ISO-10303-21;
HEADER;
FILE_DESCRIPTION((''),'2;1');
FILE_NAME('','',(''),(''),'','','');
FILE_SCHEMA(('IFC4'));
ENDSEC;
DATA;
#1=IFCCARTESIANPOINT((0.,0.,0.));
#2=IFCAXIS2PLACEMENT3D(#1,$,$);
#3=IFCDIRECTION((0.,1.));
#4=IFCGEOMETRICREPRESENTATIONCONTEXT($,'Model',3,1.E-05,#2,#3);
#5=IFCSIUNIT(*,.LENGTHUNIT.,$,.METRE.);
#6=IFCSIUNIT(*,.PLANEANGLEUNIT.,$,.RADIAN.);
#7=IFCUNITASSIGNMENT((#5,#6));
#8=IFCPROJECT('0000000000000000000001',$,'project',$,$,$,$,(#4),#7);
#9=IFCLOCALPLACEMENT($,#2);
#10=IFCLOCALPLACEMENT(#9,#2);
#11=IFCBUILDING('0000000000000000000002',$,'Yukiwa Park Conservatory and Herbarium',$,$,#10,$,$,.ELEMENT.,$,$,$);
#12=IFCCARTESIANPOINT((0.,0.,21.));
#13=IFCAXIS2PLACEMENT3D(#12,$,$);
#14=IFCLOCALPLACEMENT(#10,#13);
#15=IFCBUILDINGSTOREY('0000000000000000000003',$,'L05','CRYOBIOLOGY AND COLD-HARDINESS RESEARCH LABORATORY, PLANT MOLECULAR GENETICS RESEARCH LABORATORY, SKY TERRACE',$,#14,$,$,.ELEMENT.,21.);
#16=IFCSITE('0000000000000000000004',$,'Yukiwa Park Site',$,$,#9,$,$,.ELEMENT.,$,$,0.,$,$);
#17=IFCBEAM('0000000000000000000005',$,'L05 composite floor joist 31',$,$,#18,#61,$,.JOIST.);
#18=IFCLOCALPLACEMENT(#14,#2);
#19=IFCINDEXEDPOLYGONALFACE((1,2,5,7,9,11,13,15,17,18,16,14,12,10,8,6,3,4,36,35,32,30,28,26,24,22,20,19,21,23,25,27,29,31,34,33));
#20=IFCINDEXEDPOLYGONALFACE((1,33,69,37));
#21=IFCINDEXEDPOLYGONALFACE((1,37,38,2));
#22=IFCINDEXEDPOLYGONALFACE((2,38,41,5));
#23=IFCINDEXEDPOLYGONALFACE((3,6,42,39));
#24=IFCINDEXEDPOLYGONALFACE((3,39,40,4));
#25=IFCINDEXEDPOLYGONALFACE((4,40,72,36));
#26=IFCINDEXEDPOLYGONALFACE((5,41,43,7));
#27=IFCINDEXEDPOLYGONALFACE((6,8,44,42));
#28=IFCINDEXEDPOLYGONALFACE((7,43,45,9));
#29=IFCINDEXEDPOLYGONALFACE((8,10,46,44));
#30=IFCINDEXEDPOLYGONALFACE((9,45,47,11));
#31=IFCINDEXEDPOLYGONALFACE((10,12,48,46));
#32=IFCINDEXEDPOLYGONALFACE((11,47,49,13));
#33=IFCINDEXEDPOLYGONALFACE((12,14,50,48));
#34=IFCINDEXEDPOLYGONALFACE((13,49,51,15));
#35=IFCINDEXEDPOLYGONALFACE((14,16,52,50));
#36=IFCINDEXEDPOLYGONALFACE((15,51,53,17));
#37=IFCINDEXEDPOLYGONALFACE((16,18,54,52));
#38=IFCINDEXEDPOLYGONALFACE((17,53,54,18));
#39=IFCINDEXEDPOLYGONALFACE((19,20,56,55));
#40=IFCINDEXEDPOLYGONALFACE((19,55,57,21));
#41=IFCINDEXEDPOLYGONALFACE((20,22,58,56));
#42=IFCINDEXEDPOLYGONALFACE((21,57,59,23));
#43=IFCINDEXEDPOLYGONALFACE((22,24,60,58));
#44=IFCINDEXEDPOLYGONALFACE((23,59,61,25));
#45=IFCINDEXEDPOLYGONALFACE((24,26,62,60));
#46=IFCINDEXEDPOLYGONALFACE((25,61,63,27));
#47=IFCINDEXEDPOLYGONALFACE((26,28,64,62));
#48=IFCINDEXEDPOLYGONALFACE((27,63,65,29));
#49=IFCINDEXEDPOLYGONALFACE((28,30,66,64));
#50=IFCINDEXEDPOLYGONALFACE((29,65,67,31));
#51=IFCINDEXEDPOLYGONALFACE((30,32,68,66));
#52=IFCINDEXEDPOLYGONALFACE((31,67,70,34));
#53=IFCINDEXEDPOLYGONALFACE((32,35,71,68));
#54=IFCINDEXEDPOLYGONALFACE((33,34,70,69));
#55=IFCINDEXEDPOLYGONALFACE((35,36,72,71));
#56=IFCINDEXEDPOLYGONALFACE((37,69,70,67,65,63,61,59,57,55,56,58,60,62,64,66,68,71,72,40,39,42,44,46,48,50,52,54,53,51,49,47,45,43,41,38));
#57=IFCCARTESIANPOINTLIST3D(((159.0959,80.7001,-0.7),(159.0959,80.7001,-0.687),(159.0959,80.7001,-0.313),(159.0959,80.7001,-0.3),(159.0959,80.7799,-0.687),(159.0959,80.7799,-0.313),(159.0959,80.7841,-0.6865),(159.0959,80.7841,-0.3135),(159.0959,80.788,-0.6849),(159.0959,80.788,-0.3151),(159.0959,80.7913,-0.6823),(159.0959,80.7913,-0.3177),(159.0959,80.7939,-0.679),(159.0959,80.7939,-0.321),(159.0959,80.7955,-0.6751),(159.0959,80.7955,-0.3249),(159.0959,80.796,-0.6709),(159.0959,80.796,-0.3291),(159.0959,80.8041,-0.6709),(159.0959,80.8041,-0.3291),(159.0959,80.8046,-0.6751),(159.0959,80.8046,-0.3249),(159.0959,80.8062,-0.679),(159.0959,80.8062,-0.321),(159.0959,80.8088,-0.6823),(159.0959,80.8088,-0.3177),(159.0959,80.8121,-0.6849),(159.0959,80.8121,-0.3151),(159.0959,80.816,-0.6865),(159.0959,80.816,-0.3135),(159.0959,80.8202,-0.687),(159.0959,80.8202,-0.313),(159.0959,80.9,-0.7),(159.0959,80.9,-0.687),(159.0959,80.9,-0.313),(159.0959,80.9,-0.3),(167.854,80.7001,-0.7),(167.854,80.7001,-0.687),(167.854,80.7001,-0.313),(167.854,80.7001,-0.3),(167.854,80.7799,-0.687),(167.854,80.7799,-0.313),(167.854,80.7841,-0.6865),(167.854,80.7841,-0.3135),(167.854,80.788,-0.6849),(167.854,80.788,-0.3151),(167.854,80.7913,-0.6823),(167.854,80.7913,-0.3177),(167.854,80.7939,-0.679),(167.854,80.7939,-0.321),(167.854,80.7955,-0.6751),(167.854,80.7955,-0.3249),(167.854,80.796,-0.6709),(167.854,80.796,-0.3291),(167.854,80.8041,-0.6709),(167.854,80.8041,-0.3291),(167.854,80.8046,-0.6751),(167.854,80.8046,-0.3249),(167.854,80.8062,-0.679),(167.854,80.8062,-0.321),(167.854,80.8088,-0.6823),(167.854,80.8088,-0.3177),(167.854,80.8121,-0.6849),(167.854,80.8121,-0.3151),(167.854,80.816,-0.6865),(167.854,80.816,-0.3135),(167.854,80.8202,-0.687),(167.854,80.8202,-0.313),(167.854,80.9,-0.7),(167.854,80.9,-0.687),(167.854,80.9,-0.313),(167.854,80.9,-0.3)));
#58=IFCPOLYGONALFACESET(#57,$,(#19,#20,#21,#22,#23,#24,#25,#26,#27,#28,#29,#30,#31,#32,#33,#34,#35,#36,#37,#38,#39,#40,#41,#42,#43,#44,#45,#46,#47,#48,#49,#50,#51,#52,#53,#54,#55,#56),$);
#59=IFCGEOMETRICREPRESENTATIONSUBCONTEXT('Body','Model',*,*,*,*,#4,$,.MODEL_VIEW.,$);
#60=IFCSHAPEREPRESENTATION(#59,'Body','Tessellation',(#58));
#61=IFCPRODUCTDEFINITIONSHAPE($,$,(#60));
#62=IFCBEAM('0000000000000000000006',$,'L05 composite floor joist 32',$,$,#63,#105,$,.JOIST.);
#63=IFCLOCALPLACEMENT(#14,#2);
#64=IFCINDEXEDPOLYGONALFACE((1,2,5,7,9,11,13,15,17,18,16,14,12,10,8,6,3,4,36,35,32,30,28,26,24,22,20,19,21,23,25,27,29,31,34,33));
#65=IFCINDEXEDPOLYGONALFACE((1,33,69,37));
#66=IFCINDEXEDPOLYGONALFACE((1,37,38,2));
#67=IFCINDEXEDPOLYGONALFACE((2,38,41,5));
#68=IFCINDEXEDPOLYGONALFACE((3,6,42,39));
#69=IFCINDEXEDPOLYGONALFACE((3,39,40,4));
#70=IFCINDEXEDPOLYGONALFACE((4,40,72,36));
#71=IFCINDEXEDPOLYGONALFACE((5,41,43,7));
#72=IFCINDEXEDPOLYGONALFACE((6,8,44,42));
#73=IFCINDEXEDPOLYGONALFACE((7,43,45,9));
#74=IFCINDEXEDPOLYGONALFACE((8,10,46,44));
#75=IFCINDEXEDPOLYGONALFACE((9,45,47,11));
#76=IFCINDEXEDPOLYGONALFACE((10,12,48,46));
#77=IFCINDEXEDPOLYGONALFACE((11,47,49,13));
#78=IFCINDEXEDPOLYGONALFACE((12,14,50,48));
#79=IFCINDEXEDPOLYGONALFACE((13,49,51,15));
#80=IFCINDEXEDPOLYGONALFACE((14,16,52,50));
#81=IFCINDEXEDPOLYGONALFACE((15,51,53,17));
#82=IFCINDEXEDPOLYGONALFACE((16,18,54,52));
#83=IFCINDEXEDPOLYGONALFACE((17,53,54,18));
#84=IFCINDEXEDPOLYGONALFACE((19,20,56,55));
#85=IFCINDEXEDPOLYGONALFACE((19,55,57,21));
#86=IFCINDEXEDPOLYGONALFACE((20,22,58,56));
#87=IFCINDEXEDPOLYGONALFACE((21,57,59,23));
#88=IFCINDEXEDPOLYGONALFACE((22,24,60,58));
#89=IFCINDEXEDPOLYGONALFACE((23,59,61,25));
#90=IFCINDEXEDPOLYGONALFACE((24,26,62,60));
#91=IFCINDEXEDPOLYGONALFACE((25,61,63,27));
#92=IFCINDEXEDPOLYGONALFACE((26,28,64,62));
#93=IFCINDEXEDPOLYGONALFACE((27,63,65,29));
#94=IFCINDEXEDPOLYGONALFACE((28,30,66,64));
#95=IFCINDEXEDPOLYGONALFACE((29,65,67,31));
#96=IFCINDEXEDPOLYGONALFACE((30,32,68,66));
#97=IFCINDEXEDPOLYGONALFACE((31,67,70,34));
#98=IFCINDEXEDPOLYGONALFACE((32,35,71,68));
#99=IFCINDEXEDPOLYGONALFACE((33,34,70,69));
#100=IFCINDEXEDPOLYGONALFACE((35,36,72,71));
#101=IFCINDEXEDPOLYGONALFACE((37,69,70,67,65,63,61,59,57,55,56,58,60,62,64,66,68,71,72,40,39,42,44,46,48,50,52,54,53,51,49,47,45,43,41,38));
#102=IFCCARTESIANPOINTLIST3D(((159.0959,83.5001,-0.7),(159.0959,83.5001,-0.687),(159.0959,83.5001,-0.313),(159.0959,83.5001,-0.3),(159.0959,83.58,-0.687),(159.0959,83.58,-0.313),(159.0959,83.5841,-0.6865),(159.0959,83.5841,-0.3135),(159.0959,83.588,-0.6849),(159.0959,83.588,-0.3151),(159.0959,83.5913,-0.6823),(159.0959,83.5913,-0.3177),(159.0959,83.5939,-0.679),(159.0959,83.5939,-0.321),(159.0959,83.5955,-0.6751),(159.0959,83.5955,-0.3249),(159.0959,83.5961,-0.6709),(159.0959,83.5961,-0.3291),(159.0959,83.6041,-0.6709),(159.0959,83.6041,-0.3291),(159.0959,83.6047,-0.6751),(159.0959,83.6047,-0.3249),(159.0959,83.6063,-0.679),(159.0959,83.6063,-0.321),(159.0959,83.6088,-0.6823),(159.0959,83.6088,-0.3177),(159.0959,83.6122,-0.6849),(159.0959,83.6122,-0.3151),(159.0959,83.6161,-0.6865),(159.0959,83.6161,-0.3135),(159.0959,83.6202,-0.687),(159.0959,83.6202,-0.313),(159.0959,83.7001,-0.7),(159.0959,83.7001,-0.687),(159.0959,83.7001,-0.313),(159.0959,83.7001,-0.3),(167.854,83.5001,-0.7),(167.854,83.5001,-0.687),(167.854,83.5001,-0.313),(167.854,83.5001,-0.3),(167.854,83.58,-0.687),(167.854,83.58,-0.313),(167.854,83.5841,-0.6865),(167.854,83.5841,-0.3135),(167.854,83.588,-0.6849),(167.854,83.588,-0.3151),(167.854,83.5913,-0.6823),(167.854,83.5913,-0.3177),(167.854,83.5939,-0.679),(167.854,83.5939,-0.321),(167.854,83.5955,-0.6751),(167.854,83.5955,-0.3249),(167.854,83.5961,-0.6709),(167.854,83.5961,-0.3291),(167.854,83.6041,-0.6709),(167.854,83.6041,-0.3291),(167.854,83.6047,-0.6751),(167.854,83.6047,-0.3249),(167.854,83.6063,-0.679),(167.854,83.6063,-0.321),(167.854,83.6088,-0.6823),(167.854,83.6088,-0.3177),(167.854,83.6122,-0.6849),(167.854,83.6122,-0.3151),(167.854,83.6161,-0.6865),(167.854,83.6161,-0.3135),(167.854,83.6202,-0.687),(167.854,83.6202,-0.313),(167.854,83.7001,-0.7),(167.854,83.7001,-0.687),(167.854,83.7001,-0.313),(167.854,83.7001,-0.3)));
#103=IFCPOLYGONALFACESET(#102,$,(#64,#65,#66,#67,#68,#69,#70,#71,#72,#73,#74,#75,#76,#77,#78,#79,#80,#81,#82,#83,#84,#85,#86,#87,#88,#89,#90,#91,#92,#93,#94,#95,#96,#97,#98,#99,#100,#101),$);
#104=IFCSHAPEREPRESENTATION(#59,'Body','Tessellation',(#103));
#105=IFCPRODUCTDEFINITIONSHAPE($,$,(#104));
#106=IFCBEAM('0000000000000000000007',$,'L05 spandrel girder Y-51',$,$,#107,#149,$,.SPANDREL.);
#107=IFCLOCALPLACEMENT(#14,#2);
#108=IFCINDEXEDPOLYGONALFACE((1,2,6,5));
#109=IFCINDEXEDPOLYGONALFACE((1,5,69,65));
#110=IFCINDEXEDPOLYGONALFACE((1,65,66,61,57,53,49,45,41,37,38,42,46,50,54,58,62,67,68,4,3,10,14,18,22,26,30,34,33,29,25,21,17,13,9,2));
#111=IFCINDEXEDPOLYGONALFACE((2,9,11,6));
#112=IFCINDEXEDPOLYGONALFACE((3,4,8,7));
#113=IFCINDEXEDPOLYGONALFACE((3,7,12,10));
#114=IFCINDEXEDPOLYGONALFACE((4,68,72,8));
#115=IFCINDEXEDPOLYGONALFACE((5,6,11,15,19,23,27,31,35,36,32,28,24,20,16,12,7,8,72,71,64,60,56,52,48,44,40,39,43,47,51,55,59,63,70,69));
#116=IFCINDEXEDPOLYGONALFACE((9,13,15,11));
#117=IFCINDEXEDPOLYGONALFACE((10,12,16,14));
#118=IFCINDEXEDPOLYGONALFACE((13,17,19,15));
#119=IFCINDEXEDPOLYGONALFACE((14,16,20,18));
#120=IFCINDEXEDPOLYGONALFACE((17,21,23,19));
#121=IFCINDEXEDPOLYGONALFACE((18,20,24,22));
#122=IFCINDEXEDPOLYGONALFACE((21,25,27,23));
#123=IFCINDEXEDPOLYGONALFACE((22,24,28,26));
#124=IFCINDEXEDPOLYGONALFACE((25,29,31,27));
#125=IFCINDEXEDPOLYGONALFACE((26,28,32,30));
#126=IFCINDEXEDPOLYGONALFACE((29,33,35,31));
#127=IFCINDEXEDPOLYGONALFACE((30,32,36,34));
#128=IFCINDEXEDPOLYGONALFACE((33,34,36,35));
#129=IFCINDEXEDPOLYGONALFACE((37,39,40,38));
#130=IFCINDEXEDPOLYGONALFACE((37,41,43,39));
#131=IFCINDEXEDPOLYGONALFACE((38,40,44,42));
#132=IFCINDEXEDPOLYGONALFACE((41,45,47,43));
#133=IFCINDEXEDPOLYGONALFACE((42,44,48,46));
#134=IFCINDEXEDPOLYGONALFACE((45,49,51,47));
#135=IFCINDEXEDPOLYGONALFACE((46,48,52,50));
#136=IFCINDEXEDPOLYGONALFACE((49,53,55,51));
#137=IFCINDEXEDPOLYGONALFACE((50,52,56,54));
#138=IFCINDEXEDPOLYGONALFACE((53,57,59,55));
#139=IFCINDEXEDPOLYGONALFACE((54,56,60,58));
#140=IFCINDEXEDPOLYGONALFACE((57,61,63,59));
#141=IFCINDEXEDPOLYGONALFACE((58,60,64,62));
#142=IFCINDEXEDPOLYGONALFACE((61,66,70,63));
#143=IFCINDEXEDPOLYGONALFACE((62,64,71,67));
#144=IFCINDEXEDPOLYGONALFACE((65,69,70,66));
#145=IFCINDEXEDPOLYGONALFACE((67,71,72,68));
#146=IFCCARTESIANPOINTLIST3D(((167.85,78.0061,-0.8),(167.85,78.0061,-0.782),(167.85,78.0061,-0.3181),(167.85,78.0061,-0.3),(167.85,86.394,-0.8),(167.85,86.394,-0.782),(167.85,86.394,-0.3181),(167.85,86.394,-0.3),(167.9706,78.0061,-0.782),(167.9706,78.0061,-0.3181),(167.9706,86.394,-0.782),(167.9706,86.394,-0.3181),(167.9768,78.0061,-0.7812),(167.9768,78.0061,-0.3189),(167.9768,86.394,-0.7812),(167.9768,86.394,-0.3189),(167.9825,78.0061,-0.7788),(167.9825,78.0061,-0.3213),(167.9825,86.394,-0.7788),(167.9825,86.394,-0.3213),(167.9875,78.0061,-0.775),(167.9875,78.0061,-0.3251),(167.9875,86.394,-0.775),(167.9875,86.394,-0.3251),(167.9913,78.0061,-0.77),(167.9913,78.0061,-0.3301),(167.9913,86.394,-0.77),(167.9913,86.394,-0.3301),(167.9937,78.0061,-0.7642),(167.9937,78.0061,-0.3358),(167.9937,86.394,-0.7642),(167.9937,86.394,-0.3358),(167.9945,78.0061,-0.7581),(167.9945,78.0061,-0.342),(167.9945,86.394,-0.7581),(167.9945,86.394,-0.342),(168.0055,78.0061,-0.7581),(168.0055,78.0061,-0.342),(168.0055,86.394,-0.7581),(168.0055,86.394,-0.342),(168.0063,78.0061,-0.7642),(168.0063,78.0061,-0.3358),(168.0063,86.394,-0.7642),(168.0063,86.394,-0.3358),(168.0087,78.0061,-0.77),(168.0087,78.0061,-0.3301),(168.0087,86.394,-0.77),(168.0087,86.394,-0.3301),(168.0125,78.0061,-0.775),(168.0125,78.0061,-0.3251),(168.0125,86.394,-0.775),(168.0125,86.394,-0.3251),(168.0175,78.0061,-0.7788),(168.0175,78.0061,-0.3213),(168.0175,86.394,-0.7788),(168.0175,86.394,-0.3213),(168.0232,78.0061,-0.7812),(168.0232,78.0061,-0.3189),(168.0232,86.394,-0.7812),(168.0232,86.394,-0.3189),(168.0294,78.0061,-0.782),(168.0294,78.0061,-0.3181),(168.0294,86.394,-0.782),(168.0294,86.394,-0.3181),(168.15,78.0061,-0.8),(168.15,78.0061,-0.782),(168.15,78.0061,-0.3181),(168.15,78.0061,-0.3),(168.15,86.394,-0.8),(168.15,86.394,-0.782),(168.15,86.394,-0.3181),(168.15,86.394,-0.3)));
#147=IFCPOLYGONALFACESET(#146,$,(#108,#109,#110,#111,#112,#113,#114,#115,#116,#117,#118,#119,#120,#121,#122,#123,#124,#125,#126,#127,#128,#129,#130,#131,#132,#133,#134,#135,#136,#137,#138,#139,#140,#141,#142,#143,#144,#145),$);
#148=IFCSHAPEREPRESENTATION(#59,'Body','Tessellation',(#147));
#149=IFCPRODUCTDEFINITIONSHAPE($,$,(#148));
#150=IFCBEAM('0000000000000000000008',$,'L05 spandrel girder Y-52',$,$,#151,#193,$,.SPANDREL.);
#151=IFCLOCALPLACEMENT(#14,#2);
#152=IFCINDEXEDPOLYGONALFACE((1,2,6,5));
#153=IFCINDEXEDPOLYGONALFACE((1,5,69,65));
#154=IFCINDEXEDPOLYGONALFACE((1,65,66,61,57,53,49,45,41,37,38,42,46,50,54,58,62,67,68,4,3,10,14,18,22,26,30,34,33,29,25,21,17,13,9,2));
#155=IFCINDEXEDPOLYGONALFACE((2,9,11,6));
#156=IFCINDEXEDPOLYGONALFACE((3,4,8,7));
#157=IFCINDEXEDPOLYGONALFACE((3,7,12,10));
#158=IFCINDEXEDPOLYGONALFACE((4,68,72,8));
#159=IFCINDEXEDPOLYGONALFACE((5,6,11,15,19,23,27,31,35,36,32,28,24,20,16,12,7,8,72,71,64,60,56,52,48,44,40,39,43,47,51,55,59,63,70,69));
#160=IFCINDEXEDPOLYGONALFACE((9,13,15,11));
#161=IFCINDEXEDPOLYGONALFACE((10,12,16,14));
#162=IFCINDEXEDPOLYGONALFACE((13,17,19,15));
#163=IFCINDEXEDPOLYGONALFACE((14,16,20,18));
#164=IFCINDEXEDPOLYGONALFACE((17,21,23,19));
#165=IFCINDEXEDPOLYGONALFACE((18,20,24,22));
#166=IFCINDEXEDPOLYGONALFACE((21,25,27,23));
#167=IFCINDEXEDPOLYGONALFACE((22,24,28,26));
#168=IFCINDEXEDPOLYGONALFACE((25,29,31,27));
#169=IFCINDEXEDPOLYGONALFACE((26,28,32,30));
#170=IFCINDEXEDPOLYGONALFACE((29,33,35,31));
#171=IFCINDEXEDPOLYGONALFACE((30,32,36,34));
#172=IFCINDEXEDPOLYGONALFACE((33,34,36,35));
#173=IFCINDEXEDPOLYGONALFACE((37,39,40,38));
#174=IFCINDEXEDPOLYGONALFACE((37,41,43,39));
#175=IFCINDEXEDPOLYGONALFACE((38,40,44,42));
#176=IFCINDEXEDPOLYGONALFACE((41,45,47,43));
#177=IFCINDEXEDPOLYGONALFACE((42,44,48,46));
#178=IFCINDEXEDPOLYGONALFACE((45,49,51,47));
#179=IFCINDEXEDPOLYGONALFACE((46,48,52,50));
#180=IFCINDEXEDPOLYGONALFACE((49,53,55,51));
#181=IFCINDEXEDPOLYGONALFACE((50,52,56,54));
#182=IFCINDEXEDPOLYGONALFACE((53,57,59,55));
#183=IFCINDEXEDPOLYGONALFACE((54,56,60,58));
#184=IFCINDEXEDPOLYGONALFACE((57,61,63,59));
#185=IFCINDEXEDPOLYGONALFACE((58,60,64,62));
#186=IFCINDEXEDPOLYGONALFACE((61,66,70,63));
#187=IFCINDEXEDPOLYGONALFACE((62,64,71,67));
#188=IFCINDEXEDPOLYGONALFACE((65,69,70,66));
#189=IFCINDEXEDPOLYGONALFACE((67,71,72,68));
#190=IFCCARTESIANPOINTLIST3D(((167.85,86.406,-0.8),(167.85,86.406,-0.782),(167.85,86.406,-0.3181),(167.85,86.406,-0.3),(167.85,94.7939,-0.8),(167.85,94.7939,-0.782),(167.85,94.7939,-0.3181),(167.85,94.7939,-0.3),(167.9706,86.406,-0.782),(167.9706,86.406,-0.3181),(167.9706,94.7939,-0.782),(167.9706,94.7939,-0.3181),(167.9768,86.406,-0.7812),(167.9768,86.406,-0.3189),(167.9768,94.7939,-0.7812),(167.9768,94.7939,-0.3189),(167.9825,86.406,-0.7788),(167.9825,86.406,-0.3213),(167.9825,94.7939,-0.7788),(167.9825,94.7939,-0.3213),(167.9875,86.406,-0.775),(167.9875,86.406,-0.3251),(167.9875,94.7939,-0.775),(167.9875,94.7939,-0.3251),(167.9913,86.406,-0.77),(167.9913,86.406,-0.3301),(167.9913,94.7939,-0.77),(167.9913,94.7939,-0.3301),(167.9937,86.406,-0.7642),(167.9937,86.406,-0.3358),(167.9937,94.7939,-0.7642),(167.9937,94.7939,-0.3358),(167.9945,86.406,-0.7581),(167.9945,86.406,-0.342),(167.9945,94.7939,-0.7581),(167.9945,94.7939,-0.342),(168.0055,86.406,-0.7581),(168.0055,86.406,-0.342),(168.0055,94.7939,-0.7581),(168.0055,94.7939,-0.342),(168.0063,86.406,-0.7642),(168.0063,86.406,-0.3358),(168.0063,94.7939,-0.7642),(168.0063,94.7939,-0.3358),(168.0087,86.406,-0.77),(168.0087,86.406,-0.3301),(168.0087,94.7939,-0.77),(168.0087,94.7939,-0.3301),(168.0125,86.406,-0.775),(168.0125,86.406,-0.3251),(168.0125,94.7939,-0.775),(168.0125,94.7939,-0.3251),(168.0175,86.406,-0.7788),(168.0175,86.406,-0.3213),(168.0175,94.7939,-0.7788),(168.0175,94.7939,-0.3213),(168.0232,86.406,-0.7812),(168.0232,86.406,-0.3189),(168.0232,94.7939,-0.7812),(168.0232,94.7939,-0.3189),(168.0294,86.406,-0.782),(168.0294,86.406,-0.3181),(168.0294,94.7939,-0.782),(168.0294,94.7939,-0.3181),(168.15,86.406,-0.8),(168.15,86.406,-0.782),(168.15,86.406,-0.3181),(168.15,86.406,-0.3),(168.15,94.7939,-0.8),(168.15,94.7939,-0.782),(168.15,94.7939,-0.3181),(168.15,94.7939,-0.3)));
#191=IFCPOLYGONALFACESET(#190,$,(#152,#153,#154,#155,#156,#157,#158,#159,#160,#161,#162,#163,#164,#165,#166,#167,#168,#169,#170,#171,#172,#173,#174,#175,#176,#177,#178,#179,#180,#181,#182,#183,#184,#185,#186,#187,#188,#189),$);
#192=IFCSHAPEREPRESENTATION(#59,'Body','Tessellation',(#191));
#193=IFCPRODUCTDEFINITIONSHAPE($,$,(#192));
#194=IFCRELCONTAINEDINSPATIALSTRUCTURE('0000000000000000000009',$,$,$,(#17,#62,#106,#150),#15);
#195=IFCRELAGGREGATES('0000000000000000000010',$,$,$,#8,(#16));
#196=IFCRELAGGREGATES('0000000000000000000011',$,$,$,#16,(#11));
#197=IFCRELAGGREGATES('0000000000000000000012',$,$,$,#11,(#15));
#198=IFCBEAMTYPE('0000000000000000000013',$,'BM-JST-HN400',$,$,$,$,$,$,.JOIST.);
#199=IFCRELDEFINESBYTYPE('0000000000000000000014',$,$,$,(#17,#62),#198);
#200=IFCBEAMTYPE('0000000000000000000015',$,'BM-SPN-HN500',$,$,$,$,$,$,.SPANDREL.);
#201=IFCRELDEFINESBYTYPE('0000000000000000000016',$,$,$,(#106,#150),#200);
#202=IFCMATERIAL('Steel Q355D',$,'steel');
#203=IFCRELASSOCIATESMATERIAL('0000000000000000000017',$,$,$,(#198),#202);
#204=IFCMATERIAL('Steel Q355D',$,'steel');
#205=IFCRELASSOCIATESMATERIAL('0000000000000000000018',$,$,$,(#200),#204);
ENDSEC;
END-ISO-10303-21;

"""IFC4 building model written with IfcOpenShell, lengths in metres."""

from ifc_helpers import new_model, si_unit, direction, frame, origin, origin_2d, place, context, subcontext, project, spatial, i_section, extrude, material, material_profile, profile_set, type_object, element, save


model = new_model("IFC4")

# Units and contexts
model_context = context("Model", 3, precision=1e-05, world=origin(), true_north=direction((0.0, 1.0)))
body_context = subcontext(model_context, "Body", "Model", "MODEL_VIEW")
ifc_project = project(units=[si_unit("LENGTHUNIT", "METRE"), si_unit("PLANEANGLEUNIT", "RADIAN")], contexts=[model_context])

# Site, building, storey
site_placement = place(None, origin())
site = spatial("IfcSite", under=ifc_project, at=site_placement, Name="Yukiwa Park Site", CompositionType="ELEMENT", RefElevation=0.0)
building_placement = place(site_placement, origin())
building = spatial("IfcBuilding", under=site, at=building_placement, Name="Yukiwa Park Conservatory and Herbarium", CompositionType="ELEMENT")
storey_placement = place(building_placement, frame((0.0, 0.0, 21.0)))
storey = spatial("IfcBuildingStorey", under=building, at=storey_placement, Name="L05", Description="CRYOBIOLOGY AND COLD-HARDINESS RESEARCH LABORATORY, PLANT MOLECULAR GENETICS RESEARCH LABORATORY, SKY TERRACE", CompositionType="ELEMENT", Elevation=21.0)

# Beams
ifc_material_1 = material(Name="Steel Q355D", Category="steel")
ifc_material_profile_1 = material_profile(ifc_material_1, i_section(OverallWidth=0.2, OverallDepth=0.3999, WebThickness=0.0081, FlangeThickness=0.0129, FilletRadius=0.0161, at=origin_2d()), Name="HN 400x200x8x13")
ifc_profile_set_1 = profile_set([ifc_material_profile_1], Name="Steel Q355D")
beam_type_1 = type_object("IfcBeamType", Name="BM-JST-HN400", PredefinedType="JOIST", material=ifc_profile_set_1)
for number, where, z_axis, x_axis, name in (
    (1, (159.0959, 80.8, -0.5), (1.0, 0.0, 0.0), (0.0, 1.0, 0.0), "L05 composite floor joist 31"),
    (2, (159.0959, 83.6001, -0.5), (1.0, 0.0, 0.0), (0.0, 1.0, 0.0), "L05 composite floor joist 32"),
):
    element("IfcBeam", number, at=place(storey_placement, frame(where, z_axis=z_axis, x_axis=x_axis)), inside=storey, type_object=beam_type_1, Name=name, PredefinedType="JOIST", context=body_context, shape_type="SweptSolid", body=[
        extrude(i_section(OverallWidth=0.2, OverallDepth=0.3999, WebThickness=0.0081, FlangeThickness=0.0129, FilletRadius=0.0161, at=origin_2d()), origin(), (0.0, 0.0, 1.0), 8.7581),
    ])
ifc_material_2 = material(Name="Steel Q355D", Category="steel")
ifc_material_profile_2 = material_profile(ifc_material_2, i_section(OverallWidth=0.3, OverallDepth=0.5, WebThickness=0.011, FlangeThickness=0.0181, FilletRadius=0.0239, at=origin_2d()), Name="HM 500x300x11x18")
ifc_profile_set_2 = profile_set([ifc_material_profile_2], Name="Steel Q355D")
beam_type_2 = type_object("IfcBeamType", Name="BM-SPN-HN500", PredefinedType="SPANDREL", material=ifc_profile_set_2)
for number, where, z_axis, x_axis, name in (
    (3, (168.0, 78.0061, -0.55), (0.0, 1.0, 0.0), (-1.0, 0.0, 0.0), "L05 spandrel girder Y-51"),
    (4, (168.0, 86.406, -0.55), (0.0, 1.0, 0.0), (-1.0, 0.0, 0.0), "L05 spandrel girder Y-52"),
):
    element("IfcBeam", number, at=place(storey_placement, frame(where, z_axis=z_axis, x_axis=x_axis)), inside=storey, type_object=beam_type_2, Name=name, PredefinedType="SPANDREL", context=body_context, shape_type="SweptSolid", body=[
        extrude(i_section(OverallWidth=0.3, OverallDepth=0.5, WebThickness=0.011, FlangeThickness=0.0181, FilletRadius=0.0239, at=origin_2d()), origin(), (0.0, 0.0, 1.0), 8.3879),
    ])

save(model, "model.ifc")
